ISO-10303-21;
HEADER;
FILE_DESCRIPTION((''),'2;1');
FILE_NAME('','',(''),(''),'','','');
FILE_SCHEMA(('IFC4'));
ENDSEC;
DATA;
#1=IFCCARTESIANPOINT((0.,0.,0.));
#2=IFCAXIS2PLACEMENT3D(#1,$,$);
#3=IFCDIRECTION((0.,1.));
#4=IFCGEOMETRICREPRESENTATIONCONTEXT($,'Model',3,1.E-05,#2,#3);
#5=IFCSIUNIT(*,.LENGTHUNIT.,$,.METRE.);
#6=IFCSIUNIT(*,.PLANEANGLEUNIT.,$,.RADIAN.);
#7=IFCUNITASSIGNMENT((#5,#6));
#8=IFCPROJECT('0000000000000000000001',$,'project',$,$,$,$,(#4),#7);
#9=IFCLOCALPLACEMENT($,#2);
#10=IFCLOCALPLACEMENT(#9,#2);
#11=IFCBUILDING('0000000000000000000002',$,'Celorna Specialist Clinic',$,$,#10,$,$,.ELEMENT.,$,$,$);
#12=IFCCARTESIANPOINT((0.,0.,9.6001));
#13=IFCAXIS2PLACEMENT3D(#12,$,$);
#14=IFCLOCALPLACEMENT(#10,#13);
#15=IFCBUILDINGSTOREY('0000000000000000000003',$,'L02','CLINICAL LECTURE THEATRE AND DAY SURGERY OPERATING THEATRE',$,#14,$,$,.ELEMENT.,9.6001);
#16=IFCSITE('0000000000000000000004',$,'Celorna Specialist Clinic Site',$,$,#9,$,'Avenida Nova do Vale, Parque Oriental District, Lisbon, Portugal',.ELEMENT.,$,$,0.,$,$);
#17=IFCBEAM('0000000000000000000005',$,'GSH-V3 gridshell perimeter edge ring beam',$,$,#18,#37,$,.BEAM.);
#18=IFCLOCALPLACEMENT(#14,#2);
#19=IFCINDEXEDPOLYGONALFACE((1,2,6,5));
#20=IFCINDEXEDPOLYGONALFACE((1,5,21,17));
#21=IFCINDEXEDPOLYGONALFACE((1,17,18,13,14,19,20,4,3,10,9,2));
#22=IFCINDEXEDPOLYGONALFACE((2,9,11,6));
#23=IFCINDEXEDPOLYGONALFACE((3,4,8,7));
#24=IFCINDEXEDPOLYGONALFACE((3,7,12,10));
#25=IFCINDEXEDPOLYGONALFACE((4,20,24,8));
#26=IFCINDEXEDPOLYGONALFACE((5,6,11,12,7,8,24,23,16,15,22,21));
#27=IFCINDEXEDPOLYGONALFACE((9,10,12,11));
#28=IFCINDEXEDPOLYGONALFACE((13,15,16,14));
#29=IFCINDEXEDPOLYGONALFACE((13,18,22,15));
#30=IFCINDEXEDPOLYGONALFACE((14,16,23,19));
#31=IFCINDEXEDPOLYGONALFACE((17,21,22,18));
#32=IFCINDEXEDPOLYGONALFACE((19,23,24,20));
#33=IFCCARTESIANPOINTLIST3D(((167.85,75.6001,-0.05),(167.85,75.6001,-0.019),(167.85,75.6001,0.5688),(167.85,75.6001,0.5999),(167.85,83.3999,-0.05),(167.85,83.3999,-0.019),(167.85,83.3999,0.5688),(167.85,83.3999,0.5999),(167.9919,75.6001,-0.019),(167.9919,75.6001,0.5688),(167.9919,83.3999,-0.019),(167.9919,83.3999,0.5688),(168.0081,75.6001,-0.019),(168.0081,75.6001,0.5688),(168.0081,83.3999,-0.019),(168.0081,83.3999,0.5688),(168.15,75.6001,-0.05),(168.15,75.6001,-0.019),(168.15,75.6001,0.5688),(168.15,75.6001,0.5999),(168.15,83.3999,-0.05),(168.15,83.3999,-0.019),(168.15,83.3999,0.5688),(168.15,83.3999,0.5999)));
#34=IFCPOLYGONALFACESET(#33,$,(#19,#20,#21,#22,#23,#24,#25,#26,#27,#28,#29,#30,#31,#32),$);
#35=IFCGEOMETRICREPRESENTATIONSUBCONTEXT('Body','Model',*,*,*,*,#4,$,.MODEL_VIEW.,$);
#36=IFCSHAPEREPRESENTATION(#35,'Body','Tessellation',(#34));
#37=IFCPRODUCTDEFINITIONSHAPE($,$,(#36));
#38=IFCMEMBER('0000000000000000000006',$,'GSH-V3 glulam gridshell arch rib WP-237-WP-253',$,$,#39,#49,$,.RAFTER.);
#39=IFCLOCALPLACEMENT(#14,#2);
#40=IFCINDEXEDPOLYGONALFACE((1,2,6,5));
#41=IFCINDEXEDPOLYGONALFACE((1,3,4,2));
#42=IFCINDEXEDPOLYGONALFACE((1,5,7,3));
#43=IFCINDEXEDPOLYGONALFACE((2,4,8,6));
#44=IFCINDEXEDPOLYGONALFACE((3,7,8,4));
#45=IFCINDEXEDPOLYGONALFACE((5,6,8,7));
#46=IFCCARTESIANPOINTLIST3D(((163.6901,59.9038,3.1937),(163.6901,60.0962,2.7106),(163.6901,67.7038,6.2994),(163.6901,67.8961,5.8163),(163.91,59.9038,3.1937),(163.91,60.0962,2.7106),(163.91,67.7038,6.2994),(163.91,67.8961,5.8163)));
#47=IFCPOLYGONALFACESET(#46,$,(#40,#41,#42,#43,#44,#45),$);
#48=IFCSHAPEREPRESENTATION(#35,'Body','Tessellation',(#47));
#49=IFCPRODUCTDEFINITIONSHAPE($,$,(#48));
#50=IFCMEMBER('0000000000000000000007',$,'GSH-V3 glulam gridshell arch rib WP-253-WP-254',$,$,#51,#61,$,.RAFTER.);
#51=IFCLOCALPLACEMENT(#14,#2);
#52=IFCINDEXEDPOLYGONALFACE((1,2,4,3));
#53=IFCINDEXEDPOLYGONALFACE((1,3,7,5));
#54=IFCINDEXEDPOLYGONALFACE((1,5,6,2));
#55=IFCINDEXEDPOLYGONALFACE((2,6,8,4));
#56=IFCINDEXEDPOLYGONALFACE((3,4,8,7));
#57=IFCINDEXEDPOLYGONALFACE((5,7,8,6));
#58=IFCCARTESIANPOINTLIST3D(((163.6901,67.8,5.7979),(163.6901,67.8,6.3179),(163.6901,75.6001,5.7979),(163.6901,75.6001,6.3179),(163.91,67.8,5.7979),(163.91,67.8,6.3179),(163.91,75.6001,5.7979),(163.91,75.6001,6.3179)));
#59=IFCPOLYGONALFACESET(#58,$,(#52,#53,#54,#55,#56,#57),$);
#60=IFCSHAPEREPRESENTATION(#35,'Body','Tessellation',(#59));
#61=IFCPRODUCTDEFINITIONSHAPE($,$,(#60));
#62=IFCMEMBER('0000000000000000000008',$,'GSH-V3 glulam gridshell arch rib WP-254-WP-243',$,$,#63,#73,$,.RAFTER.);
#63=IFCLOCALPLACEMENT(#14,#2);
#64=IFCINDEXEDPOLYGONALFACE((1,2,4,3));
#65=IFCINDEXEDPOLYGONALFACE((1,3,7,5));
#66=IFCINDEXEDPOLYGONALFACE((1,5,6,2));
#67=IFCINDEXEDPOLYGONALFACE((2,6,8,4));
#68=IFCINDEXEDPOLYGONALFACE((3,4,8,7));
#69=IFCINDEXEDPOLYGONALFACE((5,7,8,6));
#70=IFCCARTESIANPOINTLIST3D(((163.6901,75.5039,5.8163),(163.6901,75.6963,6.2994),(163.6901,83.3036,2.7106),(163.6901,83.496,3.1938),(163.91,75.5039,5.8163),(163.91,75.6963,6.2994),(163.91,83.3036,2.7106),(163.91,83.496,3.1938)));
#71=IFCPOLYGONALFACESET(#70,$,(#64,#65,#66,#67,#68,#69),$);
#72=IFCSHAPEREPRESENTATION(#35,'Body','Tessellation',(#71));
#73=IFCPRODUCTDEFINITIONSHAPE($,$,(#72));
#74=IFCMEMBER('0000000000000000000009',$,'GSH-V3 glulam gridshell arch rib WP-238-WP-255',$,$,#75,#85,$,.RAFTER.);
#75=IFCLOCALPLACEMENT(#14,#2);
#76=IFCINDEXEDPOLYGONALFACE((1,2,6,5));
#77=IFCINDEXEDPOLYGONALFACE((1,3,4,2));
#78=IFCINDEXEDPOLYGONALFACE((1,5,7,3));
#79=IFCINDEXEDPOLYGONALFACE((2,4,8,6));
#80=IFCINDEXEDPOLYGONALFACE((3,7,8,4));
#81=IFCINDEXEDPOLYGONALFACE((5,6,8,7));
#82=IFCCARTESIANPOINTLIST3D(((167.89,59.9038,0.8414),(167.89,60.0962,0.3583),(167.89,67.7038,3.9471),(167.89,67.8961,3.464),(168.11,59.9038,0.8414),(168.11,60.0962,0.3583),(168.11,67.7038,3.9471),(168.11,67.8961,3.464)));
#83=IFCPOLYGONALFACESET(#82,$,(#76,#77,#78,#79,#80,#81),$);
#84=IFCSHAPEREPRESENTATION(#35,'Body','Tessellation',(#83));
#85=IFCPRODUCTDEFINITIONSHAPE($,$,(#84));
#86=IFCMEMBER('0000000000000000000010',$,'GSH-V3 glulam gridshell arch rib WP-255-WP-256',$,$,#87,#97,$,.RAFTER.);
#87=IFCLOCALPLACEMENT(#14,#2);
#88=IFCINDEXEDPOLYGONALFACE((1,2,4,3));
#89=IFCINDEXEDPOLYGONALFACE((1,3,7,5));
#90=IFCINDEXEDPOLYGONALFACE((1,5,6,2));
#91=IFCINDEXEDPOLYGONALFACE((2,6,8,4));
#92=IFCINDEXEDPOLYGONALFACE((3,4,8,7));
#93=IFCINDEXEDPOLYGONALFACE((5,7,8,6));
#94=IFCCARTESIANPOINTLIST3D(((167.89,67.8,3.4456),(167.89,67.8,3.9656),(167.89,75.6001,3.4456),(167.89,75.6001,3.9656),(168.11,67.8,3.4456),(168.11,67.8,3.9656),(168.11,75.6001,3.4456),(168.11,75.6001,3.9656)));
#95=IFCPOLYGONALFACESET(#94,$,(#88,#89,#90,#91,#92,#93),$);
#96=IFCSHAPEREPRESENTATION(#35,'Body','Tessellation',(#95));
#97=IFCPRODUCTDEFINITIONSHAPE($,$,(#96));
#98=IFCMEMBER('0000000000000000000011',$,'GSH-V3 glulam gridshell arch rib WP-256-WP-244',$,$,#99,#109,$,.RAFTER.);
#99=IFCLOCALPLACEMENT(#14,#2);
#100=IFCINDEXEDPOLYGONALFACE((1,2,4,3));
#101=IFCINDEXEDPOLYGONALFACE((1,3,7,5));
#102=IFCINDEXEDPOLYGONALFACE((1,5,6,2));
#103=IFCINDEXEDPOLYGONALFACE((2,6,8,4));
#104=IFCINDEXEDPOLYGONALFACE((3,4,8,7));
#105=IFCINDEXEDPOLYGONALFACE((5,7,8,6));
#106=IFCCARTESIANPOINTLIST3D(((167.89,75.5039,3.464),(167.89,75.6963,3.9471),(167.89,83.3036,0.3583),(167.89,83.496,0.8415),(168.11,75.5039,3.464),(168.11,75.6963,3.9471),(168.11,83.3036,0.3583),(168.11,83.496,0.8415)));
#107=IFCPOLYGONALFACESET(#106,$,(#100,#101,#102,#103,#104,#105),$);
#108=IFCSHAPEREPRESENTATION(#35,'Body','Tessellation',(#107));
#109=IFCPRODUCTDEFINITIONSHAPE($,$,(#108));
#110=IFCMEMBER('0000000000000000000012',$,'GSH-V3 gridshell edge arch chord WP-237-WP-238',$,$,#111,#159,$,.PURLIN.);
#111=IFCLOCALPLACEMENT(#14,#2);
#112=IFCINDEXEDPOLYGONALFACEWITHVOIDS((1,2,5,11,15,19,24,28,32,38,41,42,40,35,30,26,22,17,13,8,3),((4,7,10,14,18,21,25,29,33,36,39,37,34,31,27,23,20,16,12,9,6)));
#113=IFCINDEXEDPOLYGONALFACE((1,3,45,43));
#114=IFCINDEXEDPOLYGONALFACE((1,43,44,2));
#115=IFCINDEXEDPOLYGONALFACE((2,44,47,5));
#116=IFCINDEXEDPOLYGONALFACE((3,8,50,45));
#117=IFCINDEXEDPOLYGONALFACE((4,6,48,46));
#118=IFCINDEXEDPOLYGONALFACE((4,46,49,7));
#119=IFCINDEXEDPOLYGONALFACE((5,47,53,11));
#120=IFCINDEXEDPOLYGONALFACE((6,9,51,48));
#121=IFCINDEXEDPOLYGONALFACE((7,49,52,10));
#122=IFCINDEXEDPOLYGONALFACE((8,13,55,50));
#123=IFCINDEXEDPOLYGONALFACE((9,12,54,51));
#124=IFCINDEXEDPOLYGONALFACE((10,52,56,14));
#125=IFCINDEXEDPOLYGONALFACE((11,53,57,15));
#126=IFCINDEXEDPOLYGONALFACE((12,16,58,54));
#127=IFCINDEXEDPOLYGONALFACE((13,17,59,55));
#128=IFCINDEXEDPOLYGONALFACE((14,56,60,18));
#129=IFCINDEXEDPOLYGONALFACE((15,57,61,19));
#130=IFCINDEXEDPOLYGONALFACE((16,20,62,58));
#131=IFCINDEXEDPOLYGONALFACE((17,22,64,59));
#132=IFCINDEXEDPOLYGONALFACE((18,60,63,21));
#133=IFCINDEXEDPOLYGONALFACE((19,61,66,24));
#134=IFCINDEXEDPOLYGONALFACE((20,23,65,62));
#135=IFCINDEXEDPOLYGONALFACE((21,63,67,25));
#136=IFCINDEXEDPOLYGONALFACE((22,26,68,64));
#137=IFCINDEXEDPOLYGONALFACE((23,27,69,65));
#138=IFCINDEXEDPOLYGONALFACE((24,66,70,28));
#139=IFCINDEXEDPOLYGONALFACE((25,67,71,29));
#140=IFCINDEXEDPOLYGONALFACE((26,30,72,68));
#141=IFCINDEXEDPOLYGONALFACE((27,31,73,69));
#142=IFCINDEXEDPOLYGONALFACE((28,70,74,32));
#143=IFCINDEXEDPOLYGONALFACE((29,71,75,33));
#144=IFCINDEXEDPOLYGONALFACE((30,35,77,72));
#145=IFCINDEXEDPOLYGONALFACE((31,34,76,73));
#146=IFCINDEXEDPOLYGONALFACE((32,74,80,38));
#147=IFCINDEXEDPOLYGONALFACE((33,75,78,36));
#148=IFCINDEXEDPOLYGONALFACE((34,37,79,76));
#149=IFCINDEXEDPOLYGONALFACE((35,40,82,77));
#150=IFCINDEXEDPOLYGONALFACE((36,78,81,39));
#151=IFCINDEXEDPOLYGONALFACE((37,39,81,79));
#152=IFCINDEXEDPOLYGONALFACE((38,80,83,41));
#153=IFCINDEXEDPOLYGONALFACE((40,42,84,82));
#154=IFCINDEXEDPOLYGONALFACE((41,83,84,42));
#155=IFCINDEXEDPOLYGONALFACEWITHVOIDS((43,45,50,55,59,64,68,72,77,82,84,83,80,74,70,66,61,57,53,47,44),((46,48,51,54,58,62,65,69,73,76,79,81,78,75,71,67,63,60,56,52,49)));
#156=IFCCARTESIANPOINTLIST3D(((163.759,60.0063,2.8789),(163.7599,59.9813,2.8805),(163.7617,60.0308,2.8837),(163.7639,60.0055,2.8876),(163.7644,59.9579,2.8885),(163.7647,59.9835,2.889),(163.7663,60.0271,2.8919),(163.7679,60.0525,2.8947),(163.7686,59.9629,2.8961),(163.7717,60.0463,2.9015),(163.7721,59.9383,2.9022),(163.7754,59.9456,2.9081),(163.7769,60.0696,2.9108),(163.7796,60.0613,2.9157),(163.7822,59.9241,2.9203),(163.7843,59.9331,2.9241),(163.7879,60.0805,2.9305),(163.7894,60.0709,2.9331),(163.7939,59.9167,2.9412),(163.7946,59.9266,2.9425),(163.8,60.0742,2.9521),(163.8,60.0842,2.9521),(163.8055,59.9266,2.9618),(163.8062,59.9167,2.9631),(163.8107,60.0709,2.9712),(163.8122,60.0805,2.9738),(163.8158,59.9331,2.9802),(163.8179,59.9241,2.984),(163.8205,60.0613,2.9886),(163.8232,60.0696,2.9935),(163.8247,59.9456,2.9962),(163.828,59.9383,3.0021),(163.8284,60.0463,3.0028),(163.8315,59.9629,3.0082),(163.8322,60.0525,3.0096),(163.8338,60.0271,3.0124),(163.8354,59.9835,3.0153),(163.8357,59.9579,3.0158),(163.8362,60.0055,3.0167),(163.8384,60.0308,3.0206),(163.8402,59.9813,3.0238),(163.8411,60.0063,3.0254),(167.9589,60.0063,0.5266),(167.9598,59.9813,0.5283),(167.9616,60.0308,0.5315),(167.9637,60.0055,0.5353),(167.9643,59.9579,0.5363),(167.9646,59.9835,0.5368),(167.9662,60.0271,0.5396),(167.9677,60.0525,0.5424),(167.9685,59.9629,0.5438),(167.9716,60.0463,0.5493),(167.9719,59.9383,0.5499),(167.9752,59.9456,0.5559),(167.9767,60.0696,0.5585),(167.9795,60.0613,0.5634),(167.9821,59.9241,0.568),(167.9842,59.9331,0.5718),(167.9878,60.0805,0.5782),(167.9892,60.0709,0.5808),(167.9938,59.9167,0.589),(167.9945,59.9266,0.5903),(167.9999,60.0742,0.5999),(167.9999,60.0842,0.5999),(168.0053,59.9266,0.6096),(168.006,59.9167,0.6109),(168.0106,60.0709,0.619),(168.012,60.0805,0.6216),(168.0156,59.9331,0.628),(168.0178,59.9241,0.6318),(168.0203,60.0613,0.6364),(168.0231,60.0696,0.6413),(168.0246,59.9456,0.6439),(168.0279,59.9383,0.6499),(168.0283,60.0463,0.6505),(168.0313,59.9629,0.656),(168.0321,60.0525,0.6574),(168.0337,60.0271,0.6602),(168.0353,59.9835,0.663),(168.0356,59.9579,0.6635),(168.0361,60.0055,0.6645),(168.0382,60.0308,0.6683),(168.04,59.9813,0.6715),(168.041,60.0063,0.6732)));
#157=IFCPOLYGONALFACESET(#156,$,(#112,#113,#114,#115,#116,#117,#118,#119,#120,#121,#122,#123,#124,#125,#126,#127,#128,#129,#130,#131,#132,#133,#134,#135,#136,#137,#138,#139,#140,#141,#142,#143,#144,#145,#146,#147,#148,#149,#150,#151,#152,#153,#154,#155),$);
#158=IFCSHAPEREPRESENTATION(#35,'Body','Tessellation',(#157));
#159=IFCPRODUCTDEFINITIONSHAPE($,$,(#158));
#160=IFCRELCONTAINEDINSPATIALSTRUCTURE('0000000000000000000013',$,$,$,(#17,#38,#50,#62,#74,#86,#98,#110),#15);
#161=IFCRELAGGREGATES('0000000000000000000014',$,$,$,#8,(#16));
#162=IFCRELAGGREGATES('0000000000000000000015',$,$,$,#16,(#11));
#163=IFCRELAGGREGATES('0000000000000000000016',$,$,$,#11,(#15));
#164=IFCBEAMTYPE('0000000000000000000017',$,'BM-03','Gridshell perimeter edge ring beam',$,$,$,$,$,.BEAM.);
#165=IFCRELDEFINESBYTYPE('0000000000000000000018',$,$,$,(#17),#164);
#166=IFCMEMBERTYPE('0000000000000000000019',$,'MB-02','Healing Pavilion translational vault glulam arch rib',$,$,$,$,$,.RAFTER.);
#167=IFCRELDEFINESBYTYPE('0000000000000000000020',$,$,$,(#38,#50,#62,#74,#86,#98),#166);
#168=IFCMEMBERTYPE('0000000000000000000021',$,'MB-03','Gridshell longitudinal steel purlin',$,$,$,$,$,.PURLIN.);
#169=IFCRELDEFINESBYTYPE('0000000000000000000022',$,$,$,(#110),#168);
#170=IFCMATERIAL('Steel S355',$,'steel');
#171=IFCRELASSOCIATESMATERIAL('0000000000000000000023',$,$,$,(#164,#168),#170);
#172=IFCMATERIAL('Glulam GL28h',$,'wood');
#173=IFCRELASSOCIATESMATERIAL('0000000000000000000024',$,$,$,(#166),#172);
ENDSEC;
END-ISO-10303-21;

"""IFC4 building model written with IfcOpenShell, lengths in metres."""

from ifc_helpers import new_model, si_unit, direction, frame, origin, origin_2d, place, context, subcontext, project, spatial, rectangle, hollow_circle, i_section, extrude, material, material_profile, profile_set, type_object, element, save


model = new_model("IFC4")

# Units and contexts
model_context = context("Model", 3, precision=1e-05, world=origin(), true_north=direction((0.0, 1.0)))
body_context = subcontext(model_context, "Body", "Model", "MODEL_VIEW")
ifc_project = project(units=[si_unit("LENGTHUNIT", "METRE"), si_unit("PLANEANGLEUNIT", "RADIAN")], contexts=[model_context])

# Site, building, storey
site_placement = place(None, origin())
site = spatial("IfcSite", under=ifc_project, at=site_placement, Name="Celorna Specialist Clinic Site", LongName="Avenida Nova do Vale, Parque Oriental District, Lisbon, Portugal", CompositionType="ELEMENT", RefElevation=0.0)
building_placement = place(site_placement, origin())
building = spatial("IfcBuilding", under=site, at=building_placement, Name="Celorna Specialist Clinic", CompositionType="ELEMENT")
storey_placement = place(building_placement, frame((0.0, 0.0, 9.6001)))
storey = spatial("IfcBuildingStorey", under=building, at=storey_placement, Name="L02", Description="CLINICAL LECTURE THEATRE AND DAY SURGERY OPERATING THEATRE", CompositionType="ELEMENT", Elevation=9.6001)

# Shared definitions
ifc_material_1 = material(Name="Steel S355", Category="steel")

# Beam
ifc_material_profile_1 = material_profile(ifc_material_1, i_section(OverallWidth=0.3, OverallDepth=0.6499, WebThickness=0.0161, FlangeThickness=0.031, at=origin_2d()), Name="HE 650 B")
ifc_profile_set_1 = profile_set([ifc_material_profile_1], Name="Steel S355")
beam_type = type_object("IfcBeamType", Name="BM-03", Description="Gridshell perimeter edge ring beam", PredefinedType="BEAM", material=ifc_profile_set_1)
beam_1_placement = place(storey_placement, frame((168.0, 75.6001, 0.2749), z_axis=(0.0, 1.0, 0.0), x_axis=(-1.0, 0.0, 0.0)))
element("IfcBeam", 1, at=beam_1_placement, inside=storey, type_object=beam_type, Name="GSH-V3 gridshell perimeter edge ring beam", PredefinedType="BEAM", context=body_context, shape_type="SweptSolid", body=[
    extrude(i_section(OverallWidth=0.3, OverallDepth=0.6499, WebThickness=0.0161, FlangeThickness=0.031, at=origin_2d()), origin(), (0.0, 0.0, 1.0), 7.7998),
])

# Members
ifc_material_2 = material(Name="Glulam GL28h", Category="wood")
ifc_material_profile_2 = material_profile(ifc_material_2, rectangle(XDim=0.22, YDim=0.52, at=origin_2d()), Name="GL28h 220x520")
ifc_profile_set_2 = profile_set([ifc_material_profile_2], Name="Glulam GL28h")
member_type_1 = type_object("IfcMemberType", Name="MB-02", Description="Healing Pavilion translational vault glulam arch rib", PredefinedType="RAFTER", material=ifc_profile_set_2)
member_1_placement = place(storey_placement, frame((163.8, 60.0, 2.9521), z_axis=(0.0, 0.929063, 0.369921), x_axis=(-1.0, 0.0, 0.0)))
element("IfcMember", 2, at=member_1_placement, inside=storey, type_object=member_type_1, Name="GSH-V3 glulam gridshell arch rib WP-237-WP-253", PredefinedType="RAFTER", context=body_context, shape_type="SweptSolid", body=[
    extrude(rectangle(XDim=0.22, YDim=0.52, at=origin_2d()), origin(), (0.0, 0.0, 1.0), 8.3955),
])
member_2_placement = place(storey_placement, frame((163.8, 67.8, 6.0579), z_axis=(0.0, 1.0, 0.0), x_axis=(-1.0, 0.0, 0.0)))
element("IfcMember", 3, at=member_2_placement, inside=storey, type_object=member_type_1, Name="GSH-V3 glulam gridshell arch rib WP-253-WP-254", PredefinedType="RAFTER", context=body_context, shape_type="SweptSolid", body=[
    extrude(rectangle(XDim=0.22, YDim=0.52, at=origin_2d()), origin(), (0.0, 0.0, 1.0), 7.8),
])
member_3_placement = place(storey_placement, frame((163.8, 75.6001, 6.0579), z_axis=(0.0, 0.929059, -0.369931), x_axis=(-1.0, 0.0, 0.0)))
element("IfcMember", 4, at=member_3_placement, inside=storey, type_object=member_type_1, Name="GSH-V3 glulam gridshell arch rib WP-254-WP-243", PredefinedType="RAFTER", context=body_context, shape_type="SweptSolid", body=[
    extrude(rectangle(XDim=0.22, YDim=0.52, at=origin_2d()), origin(), (0.0, 0.0, 1.0), 8.3953),
])
member_4_placement = place(storey_placement, frame((168.0, 60.0, 0.5999), z_axis=(0.0, 0.929063, 0.369921), x_axis=(-1.0, 0.0, 0.0)))
element("IfcMember", 5, at=member_4_placement, inside=storey, type_object=member_type_1, Name="GSH-V3 glulam gridshell arch rib WP-238-WP-255", PredefinedType="RAFTER", context=body_context, shape_type="SweptSolid", body=[
    extrude(rectangle(XDim=0.22, YDim=0.52, at=origin_2d()), origin(), (0.0, 0.0, 1.0), 8.3955),
])
member_5_placement = place(storey_placement, frame((168.0, 67.8, 3.7056), z_axis=(0.0, 1.0, 0.0), x_axis=(-1.0, 0.0, 0.0)))
element("IfcMember", 6, at=member_5_placement, inside=storey, type_object=member_type_1, Name="GSH-V3 glulam gridshell arch rib WP-255-WP-256", PredefinedType="RAFTER", context=body_context, shape_type="SweptSolid", body=[
    extrude(rectangle(XDim=0.22, YDim=0.52, at=origin_2d()), origin(), (0.0, 0.0, 1.0), 7.8),
])
member_6_placement = place(storey_placement, frame((168.0, 75.6001, 3.7056), z_axis=(0.0, 0.929059, -0.369931), x_axis=(-1.0, 0.0, 0.0)))
element("IfcMember", 7, at=member_6_placement, inside=storey, type_object=member_type_1, Name="GSH-V3 glulam gridshell arch rib WP-256-WP-244", PredefinedType="RAFTER", context=body_context, shape_type="SweptSolid", body=[
    extrude(rectangle(XDim=0.22, YDim=0.52, at=origin_2d()), origin(), (0.0, 0.0, 1.0), 8.3953),
])
ifc_material_profile_3 = material_profile(ifc_material_1, hollow_circle(Radius=0.0842, WallThickness=0.01, at=origin_2d()), Name="CHS 168.3x10")
ifc_profile_set_3 = profile_set([ifc_material_profile_3], Name="Steel S355")
member_type_2 = type_object("IfcMemberType", Name="MB-03", Description="Gridshell longitudinal steel purlin", PredefinedType="PURLIN", material=ifc_profile_set_3)
member_7_placement = place(storey_placement, frame((163.8, 60.0, 2.9521), z_axis=(0.872477, 0.0, -0.488654), x_axis=(0.0, 1.0, 0.0)))
element("IfcMember", 8, at=member_7_placement, inside=storey, type_object=member_type_2, Name="GSH-V3 gridshell edge arch chord WP-237-WP-238", PredefinedType="PURLIN", context=body_context, shape_type="SweptSolid", body=[
    extrude(hollow_circle(Radius=0.0842, WallThickness=0.01, at=origin_2d()), origin(), (0.0, 0.0, 1.0), 4.8137),
])

save(model, "model.ifc")
